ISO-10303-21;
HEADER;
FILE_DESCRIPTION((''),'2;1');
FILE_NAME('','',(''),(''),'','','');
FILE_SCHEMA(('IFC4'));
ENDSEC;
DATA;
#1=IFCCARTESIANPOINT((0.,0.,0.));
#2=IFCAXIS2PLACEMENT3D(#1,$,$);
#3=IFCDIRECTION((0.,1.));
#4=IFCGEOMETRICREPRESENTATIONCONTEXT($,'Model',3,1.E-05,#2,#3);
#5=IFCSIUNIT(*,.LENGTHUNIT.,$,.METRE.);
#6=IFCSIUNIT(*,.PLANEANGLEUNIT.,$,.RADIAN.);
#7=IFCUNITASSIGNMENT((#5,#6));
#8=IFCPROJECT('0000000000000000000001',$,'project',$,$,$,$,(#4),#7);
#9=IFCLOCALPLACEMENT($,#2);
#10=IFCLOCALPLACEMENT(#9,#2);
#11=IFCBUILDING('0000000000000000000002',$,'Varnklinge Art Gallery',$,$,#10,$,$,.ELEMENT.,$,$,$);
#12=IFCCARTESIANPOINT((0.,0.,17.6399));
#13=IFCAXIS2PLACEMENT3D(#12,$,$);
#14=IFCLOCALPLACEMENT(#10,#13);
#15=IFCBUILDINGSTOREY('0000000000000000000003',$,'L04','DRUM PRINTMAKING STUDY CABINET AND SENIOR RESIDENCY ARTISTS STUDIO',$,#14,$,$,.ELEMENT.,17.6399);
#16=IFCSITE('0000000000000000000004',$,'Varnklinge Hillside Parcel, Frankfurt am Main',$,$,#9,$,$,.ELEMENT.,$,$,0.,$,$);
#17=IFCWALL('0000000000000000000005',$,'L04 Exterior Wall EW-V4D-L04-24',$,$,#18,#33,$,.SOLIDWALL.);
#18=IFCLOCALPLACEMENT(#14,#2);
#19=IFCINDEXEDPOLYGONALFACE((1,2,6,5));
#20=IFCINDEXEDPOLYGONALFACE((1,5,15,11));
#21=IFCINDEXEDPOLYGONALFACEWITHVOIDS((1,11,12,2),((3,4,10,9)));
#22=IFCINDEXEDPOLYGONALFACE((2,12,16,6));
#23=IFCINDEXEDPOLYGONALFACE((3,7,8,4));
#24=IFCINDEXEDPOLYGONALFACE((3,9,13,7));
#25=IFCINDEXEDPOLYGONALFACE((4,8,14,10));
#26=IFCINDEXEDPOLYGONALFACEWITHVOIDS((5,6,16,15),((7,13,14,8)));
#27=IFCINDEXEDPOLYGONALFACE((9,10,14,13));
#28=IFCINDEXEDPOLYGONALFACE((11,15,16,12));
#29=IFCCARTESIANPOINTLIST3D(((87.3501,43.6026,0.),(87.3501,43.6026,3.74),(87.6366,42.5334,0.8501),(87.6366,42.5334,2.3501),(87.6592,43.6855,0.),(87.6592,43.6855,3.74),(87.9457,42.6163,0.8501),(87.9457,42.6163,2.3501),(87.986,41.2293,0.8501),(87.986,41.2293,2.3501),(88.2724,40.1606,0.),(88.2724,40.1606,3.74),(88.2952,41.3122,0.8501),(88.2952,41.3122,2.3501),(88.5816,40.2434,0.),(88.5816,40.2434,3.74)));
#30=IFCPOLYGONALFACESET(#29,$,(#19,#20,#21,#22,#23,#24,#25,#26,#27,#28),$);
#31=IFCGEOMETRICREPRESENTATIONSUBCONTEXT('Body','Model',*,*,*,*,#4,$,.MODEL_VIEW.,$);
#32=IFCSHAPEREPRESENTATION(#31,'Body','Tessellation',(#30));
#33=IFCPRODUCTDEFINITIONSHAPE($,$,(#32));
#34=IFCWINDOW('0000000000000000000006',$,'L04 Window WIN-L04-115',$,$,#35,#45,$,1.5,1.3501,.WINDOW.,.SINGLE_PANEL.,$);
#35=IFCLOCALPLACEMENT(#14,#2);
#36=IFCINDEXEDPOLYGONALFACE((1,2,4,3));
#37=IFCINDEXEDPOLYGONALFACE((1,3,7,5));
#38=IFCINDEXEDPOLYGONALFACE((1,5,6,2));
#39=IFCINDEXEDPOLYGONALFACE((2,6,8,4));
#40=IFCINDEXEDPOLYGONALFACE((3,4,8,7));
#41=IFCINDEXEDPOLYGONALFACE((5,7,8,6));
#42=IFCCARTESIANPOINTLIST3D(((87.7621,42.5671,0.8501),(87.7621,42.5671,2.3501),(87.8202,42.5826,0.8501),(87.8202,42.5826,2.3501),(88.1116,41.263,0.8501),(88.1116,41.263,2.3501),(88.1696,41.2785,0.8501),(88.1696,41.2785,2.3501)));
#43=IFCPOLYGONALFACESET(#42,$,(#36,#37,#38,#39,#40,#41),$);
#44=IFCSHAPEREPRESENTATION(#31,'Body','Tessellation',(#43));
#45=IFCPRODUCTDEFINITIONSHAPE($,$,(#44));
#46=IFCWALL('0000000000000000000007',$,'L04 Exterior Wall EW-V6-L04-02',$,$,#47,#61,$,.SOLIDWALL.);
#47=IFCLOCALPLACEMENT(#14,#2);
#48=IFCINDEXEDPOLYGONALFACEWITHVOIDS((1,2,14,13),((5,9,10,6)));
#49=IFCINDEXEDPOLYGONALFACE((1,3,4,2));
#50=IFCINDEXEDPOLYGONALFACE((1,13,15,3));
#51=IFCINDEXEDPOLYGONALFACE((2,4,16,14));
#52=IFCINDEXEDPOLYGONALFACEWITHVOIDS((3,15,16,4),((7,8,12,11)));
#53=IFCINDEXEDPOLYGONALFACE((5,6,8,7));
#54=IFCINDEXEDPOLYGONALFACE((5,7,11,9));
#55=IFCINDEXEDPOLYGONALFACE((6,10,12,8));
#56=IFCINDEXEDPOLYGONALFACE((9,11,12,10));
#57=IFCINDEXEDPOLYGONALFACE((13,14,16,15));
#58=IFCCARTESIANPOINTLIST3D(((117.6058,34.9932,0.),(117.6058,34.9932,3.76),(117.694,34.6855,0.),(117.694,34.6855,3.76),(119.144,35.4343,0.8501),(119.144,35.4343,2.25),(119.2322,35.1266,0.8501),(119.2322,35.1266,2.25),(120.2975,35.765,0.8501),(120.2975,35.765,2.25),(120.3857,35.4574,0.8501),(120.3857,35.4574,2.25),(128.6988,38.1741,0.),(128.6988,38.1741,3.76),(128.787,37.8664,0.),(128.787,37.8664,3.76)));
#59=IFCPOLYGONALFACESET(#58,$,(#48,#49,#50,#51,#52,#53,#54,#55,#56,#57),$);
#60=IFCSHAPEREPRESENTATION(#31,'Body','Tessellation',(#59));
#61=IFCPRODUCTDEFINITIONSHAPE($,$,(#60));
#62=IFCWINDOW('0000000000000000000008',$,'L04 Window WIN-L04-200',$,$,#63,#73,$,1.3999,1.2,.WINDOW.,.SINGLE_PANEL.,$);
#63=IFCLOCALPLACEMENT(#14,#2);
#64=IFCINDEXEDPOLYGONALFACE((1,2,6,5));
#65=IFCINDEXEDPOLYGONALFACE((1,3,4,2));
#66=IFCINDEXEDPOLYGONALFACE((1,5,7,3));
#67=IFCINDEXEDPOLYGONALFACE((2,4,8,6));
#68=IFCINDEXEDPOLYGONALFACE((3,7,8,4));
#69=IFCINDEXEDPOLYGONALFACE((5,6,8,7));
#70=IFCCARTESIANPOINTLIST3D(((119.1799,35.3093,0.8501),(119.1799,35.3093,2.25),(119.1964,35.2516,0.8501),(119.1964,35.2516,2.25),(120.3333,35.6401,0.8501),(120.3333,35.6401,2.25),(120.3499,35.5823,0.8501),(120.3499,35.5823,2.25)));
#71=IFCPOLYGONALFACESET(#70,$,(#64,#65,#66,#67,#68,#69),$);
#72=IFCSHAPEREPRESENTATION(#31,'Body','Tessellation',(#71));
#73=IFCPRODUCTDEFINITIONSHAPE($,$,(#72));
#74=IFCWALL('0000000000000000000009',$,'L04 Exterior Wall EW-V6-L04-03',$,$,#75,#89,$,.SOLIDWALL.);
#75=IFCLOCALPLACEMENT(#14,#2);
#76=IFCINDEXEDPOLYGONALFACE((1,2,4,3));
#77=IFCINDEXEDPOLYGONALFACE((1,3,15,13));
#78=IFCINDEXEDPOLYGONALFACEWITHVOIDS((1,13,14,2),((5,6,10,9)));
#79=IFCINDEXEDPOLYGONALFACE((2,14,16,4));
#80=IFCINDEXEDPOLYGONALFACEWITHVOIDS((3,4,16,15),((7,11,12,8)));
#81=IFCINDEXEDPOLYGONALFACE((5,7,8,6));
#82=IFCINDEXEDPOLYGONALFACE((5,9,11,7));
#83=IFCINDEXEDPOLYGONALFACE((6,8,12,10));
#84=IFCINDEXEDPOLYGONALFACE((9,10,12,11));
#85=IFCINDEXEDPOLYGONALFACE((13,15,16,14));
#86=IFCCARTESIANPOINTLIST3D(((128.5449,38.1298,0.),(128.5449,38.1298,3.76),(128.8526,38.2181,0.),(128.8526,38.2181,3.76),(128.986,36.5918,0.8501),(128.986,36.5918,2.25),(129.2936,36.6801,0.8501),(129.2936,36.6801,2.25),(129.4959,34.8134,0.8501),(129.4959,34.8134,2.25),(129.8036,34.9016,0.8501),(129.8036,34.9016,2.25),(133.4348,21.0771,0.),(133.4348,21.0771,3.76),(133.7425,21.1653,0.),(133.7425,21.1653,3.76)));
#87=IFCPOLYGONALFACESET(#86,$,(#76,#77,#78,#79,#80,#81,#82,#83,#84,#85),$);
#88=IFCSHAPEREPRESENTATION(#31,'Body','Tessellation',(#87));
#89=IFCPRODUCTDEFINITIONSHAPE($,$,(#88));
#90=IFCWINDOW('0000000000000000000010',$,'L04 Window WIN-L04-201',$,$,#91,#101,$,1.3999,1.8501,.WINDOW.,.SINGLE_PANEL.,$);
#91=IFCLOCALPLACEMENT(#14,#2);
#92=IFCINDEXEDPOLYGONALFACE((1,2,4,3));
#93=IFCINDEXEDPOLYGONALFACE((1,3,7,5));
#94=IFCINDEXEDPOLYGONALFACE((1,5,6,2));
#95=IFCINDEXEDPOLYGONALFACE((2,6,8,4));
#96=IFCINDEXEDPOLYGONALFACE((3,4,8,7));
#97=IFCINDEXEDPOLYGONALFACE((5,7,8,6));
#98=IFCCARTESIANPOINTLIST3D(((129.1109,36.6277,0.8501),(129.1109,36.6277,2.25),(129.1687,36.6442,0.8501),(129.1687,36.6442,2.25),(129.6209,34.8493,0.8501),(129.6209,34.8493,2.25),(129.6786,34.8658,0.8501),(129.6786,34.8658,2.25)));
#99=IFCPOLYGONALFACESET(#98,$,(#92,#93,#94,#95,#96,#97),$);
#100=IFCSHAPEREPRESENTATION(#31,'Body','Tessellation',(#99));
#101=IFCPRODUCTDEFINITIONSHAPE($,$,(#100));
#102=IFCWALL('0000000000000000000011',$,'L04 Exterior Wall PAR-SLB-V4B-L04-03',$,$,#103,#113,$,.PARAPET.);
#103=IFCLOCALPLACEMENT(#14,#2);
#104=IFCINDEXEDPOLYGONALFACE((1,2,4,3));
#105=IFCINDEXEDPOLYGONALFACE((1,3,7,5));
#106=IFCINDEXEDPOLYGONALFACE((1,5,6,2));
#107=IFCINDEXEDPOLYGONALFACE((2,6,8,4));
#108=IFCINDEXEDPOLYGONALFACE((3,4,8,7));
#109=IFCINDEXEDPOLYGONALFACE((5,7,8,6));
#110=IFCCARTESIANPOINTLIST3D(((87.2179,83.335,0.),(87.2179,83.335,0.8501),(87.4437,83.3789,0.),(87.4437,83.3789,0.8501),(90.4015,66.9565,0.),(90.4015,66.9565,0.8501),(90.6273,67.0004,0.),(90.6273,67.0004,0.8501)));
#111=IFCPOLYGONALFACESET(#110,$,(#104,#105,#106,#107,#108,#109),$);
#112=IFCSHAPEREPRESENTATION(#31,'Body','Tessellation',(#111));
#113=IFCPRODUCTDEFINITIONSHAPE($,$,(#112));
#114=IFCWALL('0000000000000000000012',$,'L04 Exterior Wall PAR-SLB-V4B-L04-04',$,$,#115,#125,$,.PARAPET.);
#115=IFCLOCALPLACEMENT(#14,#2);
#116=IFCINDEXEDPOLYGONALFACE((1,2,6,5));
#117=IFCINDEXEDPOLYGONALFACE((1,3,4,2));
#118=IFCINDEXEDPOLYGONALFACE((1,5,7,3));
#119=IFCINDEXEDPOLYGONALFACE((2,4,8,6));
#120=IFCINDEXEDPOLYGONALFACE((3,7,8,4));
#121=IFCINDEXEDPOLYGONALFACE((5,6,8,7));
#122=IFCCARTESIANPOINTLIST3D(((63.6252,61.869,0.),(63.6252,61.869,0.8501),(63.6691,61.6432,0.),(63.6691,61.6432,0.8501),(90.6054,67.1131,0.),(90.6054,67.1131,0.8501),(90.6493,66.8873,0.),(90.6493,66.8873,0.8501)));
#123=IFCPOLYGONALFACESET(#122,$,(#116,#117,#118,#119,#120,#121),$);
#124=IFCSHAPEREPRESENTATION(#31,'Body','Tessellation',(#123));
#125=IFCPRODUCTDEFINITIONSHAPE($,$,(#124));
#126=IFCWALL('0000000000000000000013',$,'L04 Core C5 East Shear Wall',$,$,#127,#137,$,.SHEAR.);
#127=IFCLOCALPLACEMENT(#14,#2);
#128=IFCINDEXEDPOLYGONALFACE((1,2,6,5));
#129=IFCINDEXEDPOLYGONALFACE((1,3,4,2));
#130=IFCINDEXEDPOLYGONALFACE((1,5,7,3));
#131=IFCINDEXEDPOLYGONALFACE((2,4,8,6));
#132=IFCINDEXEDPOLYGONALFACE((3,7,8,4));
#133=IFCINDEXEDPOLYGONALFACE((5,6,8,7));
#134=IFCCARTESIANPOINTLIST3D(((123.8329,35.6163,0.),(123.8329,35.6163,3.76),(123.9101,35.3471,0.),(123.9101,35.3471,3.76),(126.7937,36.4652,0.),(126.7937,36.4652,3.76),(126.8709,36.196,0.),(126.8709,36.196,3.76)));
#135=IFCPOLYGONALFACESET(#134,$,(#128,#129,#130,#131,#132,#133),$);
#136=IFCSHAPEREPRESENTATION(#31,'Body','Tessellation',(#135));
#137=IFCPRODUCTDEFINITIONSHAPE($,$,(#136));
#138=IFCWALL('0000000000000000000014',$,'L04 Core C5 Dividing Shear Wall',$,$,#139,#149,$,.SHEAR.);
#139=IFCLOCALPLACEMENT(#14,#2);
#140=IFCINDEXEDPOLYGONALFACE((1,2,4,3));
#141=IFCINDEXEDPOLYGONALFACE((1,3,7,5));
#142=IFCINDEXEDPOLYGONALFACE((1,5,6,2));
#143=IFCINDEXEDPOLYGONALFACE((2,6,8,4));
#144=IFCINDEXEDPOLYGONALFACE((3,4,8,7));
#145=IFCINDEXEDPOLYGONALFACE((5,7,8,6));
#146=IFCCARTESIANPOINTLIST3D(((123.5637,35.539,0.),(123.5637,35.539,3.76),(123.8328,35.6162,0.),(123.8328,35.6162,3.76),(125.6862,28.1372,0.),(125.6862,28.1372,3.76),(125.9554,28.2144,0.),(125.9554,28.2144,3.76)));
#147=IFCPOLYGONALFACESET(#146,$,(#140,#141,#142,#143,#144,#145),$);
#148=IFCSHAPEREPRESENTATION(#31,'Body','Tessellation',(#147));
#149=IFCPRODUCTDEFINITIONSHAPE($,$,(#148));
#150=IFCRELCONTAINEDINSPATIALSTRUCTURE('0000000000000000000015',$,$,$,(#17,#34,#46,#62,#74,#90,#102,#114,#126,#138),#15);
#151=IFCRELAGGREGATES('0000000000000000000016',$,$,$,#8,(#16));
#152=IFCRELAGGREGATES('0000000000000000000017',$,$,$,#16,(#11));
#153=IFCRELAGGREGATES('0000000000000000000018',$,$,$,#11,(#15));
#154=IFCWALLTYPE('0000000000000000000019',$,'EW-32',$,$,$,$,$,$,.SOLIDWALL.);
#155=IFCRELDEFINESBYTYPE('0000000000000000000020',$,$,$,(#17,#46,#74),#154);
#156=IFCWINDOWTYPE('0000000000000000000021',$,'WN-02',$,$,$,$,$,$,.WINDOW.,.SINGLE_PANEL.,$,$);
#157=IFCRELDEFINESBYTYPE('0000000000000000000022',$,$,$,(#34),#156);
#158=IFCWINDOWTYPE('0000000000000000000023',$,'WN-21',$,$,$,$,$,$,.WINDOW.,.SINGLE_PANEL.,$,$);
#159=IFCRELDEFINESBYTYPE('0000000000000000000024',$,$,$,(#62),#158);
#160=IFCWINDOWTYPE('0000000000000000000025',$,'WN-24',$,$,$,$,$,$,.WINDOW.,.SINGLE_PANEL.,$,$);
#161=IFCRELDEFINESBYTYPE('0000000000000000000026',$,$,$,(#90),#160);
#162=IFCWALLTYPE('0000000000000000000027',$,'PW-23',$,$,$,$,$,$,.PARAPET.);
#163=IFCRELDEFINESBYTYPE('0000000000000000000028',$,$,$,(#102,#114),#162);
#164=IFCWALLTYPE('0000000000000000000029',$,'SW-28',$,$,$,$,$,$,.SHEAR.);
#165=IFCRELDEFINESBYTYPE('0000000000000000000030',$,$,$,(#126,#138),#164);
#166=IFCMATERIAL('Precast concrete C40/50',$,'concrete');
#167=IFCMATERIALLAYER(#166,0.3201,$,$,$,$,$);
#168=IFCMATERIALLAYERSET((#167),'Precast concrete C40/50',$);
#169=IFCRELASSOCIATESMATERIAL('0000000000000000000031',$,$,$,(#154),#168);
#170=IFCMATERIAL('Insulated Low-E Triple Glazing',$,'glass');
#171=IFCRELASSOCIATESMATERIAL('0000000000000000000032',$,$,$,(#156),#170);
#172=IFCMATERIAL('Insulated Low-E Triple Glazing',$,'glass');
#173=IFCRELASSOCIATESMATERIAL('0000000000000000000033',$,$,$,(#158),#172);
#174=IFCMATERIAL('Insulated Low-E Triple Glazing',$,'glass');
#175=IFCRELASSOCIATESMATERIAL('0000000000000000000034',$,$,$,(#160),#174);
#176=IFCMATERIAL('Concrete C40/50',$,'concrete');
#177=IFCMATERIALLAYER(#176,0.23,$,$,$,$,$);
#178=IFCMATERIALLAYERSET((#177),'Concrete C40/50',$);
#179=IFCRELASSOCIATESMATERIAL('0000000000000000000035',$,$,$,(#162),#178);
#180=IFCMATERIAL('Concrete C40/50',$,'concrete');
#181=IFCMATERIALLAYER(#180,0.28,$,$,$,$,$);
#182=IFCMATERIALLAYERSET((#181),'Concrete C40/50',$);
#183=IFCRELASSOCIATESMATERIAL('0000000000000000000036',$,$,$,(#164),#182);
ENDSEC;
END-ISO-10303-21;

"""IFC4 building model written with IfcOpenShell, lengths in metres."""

from ifc_helpers import new_model, si_unit, direction, frame, frame_2d, origin, place, context, subcontext, project, spatial, rectangle, extrude, material, layer, layer_set, type_object, element, fill, save


model = new_model("IFC4")

# Units and contexts
model_context = context("Model", 3, precision=1e-05, world=origin(), true_north=direction((0.0, 1.0)))
body_context = subcontext(model_context, "Body", "Model", "MODEL_VIEW")
ifc_project = project(units=[si_unit("LENGTHUNIT", "METRE"), si_unit("PLANEANGLEUNIT", "RADIAN")], contexts=[model_context])

# Site, building, storey
site_placement = place(None, origin())
site = spatial("IfcSite", under=ifc_project, at=site_placement, Name="Varnklinge Hillside Parcel, Frankfurt am Main", CompositionType="ELEMENT", RefElevation=0.0)
building_placement = place(site_placement, origin())
building = spatial("IfcBuilding", under=site, at=building_placement, Name="Varnklinge Art Gallery", CompositionType="ELEMENT")
storey_placement = place(building_placement, frame((0.0, 0.0, 17.6399)))
storey = spatial("IfcBuildingStorey", under=building, at=storey_placement, Name="L04", Description="DRUM PRINTMAKING STUDY CABINET AND SENIOR RESIDENCY ARTISTS STUDIO", CompositionType="ELEMENT", Elevation=17.6399)

# Shared definitions
ifc_material_1 = material(Name="Precast concrete C40/50", Category="concrete")
ifc_layer_1 = layer(ifc_material_1, 0.3201)
ifc_layer_set_1 = layer_set([ifc_layer_1], Name="Precast concrete C40/50")
wall_type_1 = type_object("IfcWallType", Name="EW-32", PredefinedType="SOLIDWALL", material=ifc_layer_set_1)

# Shared definitions
ifc_material_2 = material(Name="Insulated Low-E Triple Glazing", Category="glass")
window_type_1 = type_object("IfcWindowType", Name="WN-02", PartitioningType="SINGLE_PANEL", PredefinedType="WINDOW", material=ifc_material_2)

# Walls, openings, windows
wall_1_placement = place(storey_placement, frame((87.5046, 43.644, 0.0), z_axis=(0.0, 0.0, 1.0), x_axis=(0.258831, -0.965923, 0.0)))
wall_1 = element("IfcWall", 1, at=wall_1_placement, inside=storey, type_object=wall_type_1, Name="L04 Exterior Wall EW-V4D-L04-24", PredefinedType="SOLIDWALL", context=body_context, shape_type="SweptSolid", body=[
    extrude(rectangle(XDim=3.5635, YDim=0.3201, at=frame_2d((1.7817, 0.0))), origin(), (0.0, 0.0, 1.0), 3.74),
])
opening_1_placement = place(wall_1_placement, frame((1.1069, 0.0, 0.8501)))
opening_1 = element("IfcOpeningElement", 2, at=opening_1_placement, cuts=wall_1, PredefinedType="OPENING", context=body_context, shape_type="SweptSolid", body=[
    extrude(rectangle(XDim=1.3501, YDim=1.5, at=frame_2d((0.675, 0.75))), frame((0.0, 0.1702, 0.0), z_axis=(0.0, -1.0, 0.0), x_axis=(1.0, 0.0, 0.0)), (0.0, 0.0, 1.0), 0.3401),
])
window_1_placement = place(opening_1_placement, origin())
window_1 = element("IfcWindow", 3, at=window_1_placement, inside=storey, type_object=window_type_1, Name="L04 Window WIN-L04-115", OverallHeight=1.5, OverallWidth=1.3501, PartitioningType="SINGLE_PANEL", PredefinedType="WINDOW", context=body_context, shape_type="SweptSolid", body=[
    extrude(rectangle(XDim=1.3501, YDim=1.5, at=frame_2d((0.675, 0.75))), frame((0.0, 0.03, 0.0), z_axis=(0.0, -1.0, 0.0), x_axis=(1.0, 0.0, 0.0)), (0.0, 0.0, 1.0), 0.0601),
])
fill(opening_1, window_1)
wall_2_placement = place(storey_placement, frame((117.6499, 34.8394, 0.0), z_axis=(0.0, 0.0, 1.0), x_axis=(0.961261, 0.27564, 0.0)))
wall_2 = element("IfcWall", 4, at=wall_2_placement, inside=storey, type_object=wall_type_1, Name="L04 Exterior Wall EW-V6-L04-02", PredefinedType="SOLIDWALL", context=body_context, shape_type="SweptSolid", body=[
    extrude(rectangle(XDim=11.54, YDim=0.3201, at=frame_2d((5.77, 0.0))), origin(), (0.0, 0.0, 1.0), 3.76),
])
opening_2_placement = place(wall_2_placement, frame((1.6001, 0.0, 0.8501)))
opening_2 = element("IfcOpeningElement", 5, at=opening_2_placement, cuts=wall_2, PredefinedType="OPENING", context=body_context, shape_type="SweptSolid", body=[
    extrude(rectangle(XDim=1.2, YDim=1.3999, at=frame_2d((0.6001, 0.7))), frame((0.0, 0.1702, 0.0), z_axis=(0.0, -1.0, 0.0), x_axis=(1.0, 0.0, 0.0)), (0.0, 0.0, 1.0), 0.3401),
])
ifc_material_3 = material(Name="Insulated Low-E Triple Glazing", Category="glass")
window_type_2 = type_object("IfcWindowType", Name="WN-21", PartitioningType="SINGLE_PANEL", PredefinedType="WINDOW", material=ifc_material_3)
window_2_placement = place(opening_2_placement, origin())
window_2 = element("IfcWindow", 6, at=window_2_placement, inside=storey, type_object=window_type_2, Name="L04 Window WIN-L04-200", OverallHeight=1.3999, OverallWidth=1.2, PartitioningType="SINGLE_PANEL", PredefinedType="WINDOW", context=body_context, shape_type="SweptSolid", body=[
    extrude(rectangle(XDim=1.2, YDim=1.3999, at=frame_2d((0.6001, 0.7))), frame((0.0, 0.03, 0.0), z_axis=(0.0, -1.0, 0.0), x_axis=(1.0, 0.0, 0.0)), (0.0, 0.0, 1.0), 0.0601),
])
fill(opening_2, window_2)
wall_3_placement = place(storey_placement, frame((128.6987, 38.1741, 0.0), z_axis=(0.0, 0.0, 1.0), x_axis=(0.275643, -0.96126, 0.0)))
wall_3 = element("IfcWall", 7, at=wall_3_placement, inside=storey, type_object=wall_type_1, Name="L04 Exterior Wall EW-V6-L04-03", PredefinedType="SOLIDWALL", context=body_context, shape_type="SweptSolid", body=[
    extrude(rectangle(XDim=17.74, YDim=0.3201, at=frame_2d((8.8701, 0.0))), origin(), (0.0, 0.0, 1.0), 3.76),
])
opening_3_placement = place(wall_3_placement, frame((1.6001, 0.0, 0.8501)))
opening_3 = element("IfcOpeningElement", 8, at=opening_3_placement, cuts=wall_3, PredefinedType="OPENING", context=body_context, shape_type="SweptSolid", body=[
    extrude(rectangle(XDim=1.8501, YDim=1.3999, at=frame_2d((0.925, 0.7))), frame((0.0, 0.1702, 0.0), z_axis=(0.0, -1.0, 0.0), x_axis=(1.0, 0.0, 0.0)), (0.0, 0.0, 1.0), 0.3401),
])
ifc_material_4 = material(Name="Insulated Low-E Triple Glazing", Category="glass")
window_type_3 = type_object("IfcWindowType", Name="WN-24", PartitioningType="SINGLE_PANEL", PredefinedType="WINDOW", material=ifc_material_4)
window_3_placement = place(opening_3_placement, origin())
window_3 = element("IfcWindow", 9, at=window_3_placement, inside=storey, type_object=window_type_3, Name="L04 Window WIN-L04-201", OverallHeight=1.3999, OverallWidth=1.8501, PartitioningType="SINGLE_PANEL", PredefinedType="WINDOW", context=body_context, shape_type="SweptSolid", body=[
    extrude(rectangle(XDim=1.8501, YDim=1.3999, at=frame_2d((0.925, 0.7))), frame((0.0, 0.03, 0.0), z_axis=(0.0, -1.0, 0.0), x_axis=(1.0, 0.0, 0.0)), (0.0, 0.0, 1.0), 0.0601),
])
fill(opening_3, window_3)

# Walls
ifc_material_5 = material(Name="Concrete C40/50", Category="concrete")
ifc_layer_2 = layer(ifc_material_5, 0.23)
ifc_layer_set_2 = layer_set([ifc_layer_2], Name="Concrete C40/50")
wall_type_2 = type_object("IfcWallType", Name="PW-23", PredefinedType="PARAPET", material=ifc_layer_set_2)
wall_4_placement = place(storey_placement, frame((87.3308, 83.3569, 0.0), z_axis=(0.0, 0.0, 1.0), x_axis=(0.190806, -0.981628, 0.0)))
element("IfcWall", 10, at=wall_4_placement, inside=storey, type_object=wall_type_2, Name="L04 Exterior Wall PAR-SLB-V4B-L04-03", PredefinedType="PARAPET", context=body_context, shape_type="SweptSolid", body=[
    extrude(rectangle(XDim=16.6851, YDim=0.23, at=frame_2d((8.3425, 0.0))), origin(), (0.0, 0.0, 1.0), 0.8501),
])
wall_5_placement = place(storey_placement, frame((90.6274, 67.0002, 0.0), z_axis=(0.0, 0.0, 1.0), x_axis=(-0.981629, -0.190799, 0.0)))
element("IfcWall", 11, at=wall_5_placement, inside=storey, type_object=wall_type_2, Name="L04 Exterior Wall PAR-SLB-V4B-L04-04", PredefinedType="PARAPET", context=body_context, shape_type="SweptSolid", body=[
    extrude(rectangle(XDim=27.4851, YDim=0.23, at=frame_2d((13.7427, 0.0))), origin(), (0.0, 0.0, 1.0), 0.8501),
])
ifc_material_6 = material(Name="Concrete C40/50", Category="concrete")
ifc_layer_3 = layer(ifc_material_6, 0.28)
ifc_layer_set_3 = layer_set([ifc_layer_3], Name="Concrete C40/50")
wall_type_3 = type_object("IfcWallType", Name="SW-28", PredefinedType="SHEAR", material=ifc_layer_set_3)
wall_6_placement = place(storey_placement, frame((126.8323, 36.3306, 0.0), z_axis=(0.0, 0.0, 1.0), x_axis=(-0.961269, -0.275611, 0.0)))
element("IfcWall", 12, at=wall_6_placement, inside=storey, type_object=wall_type_3, Name="L04 Core C5 East Shear Wall", PredefinedType="SHEAR", context=body_context, shape_type="SweptSolid", body=[
    extrude(rectangle(XDim=3.0801, YDim=0.28, at=frame_2d((1.54, 0.0))), origin(), (0.0, 0.0, 1.0), 3.76),
])
wall_7_placement = place(storey_placement, frame((123.6982, 35.5776, 0.0), z_axis=(0.0, 0.0, 1.0), x_axis=(0.275651, -0.961258, 0.0)))
element("IfcWall", 13, at=wall_7_placement, inside=storey, type_object=wall_type_3, Name="L04 Core C5 Dividing Shear Wall", PredefinedType="SHEAR", context=body_context, shape_type="SweptSolid", body=[
    extrude(rectangle(XDim=7.7002, YDim=0.28, at=frame_2d((3.8501, 0.0))), origin(), (0.0, 0.0, 1.0), 3.76),
])

save(model, "model.ifc")
